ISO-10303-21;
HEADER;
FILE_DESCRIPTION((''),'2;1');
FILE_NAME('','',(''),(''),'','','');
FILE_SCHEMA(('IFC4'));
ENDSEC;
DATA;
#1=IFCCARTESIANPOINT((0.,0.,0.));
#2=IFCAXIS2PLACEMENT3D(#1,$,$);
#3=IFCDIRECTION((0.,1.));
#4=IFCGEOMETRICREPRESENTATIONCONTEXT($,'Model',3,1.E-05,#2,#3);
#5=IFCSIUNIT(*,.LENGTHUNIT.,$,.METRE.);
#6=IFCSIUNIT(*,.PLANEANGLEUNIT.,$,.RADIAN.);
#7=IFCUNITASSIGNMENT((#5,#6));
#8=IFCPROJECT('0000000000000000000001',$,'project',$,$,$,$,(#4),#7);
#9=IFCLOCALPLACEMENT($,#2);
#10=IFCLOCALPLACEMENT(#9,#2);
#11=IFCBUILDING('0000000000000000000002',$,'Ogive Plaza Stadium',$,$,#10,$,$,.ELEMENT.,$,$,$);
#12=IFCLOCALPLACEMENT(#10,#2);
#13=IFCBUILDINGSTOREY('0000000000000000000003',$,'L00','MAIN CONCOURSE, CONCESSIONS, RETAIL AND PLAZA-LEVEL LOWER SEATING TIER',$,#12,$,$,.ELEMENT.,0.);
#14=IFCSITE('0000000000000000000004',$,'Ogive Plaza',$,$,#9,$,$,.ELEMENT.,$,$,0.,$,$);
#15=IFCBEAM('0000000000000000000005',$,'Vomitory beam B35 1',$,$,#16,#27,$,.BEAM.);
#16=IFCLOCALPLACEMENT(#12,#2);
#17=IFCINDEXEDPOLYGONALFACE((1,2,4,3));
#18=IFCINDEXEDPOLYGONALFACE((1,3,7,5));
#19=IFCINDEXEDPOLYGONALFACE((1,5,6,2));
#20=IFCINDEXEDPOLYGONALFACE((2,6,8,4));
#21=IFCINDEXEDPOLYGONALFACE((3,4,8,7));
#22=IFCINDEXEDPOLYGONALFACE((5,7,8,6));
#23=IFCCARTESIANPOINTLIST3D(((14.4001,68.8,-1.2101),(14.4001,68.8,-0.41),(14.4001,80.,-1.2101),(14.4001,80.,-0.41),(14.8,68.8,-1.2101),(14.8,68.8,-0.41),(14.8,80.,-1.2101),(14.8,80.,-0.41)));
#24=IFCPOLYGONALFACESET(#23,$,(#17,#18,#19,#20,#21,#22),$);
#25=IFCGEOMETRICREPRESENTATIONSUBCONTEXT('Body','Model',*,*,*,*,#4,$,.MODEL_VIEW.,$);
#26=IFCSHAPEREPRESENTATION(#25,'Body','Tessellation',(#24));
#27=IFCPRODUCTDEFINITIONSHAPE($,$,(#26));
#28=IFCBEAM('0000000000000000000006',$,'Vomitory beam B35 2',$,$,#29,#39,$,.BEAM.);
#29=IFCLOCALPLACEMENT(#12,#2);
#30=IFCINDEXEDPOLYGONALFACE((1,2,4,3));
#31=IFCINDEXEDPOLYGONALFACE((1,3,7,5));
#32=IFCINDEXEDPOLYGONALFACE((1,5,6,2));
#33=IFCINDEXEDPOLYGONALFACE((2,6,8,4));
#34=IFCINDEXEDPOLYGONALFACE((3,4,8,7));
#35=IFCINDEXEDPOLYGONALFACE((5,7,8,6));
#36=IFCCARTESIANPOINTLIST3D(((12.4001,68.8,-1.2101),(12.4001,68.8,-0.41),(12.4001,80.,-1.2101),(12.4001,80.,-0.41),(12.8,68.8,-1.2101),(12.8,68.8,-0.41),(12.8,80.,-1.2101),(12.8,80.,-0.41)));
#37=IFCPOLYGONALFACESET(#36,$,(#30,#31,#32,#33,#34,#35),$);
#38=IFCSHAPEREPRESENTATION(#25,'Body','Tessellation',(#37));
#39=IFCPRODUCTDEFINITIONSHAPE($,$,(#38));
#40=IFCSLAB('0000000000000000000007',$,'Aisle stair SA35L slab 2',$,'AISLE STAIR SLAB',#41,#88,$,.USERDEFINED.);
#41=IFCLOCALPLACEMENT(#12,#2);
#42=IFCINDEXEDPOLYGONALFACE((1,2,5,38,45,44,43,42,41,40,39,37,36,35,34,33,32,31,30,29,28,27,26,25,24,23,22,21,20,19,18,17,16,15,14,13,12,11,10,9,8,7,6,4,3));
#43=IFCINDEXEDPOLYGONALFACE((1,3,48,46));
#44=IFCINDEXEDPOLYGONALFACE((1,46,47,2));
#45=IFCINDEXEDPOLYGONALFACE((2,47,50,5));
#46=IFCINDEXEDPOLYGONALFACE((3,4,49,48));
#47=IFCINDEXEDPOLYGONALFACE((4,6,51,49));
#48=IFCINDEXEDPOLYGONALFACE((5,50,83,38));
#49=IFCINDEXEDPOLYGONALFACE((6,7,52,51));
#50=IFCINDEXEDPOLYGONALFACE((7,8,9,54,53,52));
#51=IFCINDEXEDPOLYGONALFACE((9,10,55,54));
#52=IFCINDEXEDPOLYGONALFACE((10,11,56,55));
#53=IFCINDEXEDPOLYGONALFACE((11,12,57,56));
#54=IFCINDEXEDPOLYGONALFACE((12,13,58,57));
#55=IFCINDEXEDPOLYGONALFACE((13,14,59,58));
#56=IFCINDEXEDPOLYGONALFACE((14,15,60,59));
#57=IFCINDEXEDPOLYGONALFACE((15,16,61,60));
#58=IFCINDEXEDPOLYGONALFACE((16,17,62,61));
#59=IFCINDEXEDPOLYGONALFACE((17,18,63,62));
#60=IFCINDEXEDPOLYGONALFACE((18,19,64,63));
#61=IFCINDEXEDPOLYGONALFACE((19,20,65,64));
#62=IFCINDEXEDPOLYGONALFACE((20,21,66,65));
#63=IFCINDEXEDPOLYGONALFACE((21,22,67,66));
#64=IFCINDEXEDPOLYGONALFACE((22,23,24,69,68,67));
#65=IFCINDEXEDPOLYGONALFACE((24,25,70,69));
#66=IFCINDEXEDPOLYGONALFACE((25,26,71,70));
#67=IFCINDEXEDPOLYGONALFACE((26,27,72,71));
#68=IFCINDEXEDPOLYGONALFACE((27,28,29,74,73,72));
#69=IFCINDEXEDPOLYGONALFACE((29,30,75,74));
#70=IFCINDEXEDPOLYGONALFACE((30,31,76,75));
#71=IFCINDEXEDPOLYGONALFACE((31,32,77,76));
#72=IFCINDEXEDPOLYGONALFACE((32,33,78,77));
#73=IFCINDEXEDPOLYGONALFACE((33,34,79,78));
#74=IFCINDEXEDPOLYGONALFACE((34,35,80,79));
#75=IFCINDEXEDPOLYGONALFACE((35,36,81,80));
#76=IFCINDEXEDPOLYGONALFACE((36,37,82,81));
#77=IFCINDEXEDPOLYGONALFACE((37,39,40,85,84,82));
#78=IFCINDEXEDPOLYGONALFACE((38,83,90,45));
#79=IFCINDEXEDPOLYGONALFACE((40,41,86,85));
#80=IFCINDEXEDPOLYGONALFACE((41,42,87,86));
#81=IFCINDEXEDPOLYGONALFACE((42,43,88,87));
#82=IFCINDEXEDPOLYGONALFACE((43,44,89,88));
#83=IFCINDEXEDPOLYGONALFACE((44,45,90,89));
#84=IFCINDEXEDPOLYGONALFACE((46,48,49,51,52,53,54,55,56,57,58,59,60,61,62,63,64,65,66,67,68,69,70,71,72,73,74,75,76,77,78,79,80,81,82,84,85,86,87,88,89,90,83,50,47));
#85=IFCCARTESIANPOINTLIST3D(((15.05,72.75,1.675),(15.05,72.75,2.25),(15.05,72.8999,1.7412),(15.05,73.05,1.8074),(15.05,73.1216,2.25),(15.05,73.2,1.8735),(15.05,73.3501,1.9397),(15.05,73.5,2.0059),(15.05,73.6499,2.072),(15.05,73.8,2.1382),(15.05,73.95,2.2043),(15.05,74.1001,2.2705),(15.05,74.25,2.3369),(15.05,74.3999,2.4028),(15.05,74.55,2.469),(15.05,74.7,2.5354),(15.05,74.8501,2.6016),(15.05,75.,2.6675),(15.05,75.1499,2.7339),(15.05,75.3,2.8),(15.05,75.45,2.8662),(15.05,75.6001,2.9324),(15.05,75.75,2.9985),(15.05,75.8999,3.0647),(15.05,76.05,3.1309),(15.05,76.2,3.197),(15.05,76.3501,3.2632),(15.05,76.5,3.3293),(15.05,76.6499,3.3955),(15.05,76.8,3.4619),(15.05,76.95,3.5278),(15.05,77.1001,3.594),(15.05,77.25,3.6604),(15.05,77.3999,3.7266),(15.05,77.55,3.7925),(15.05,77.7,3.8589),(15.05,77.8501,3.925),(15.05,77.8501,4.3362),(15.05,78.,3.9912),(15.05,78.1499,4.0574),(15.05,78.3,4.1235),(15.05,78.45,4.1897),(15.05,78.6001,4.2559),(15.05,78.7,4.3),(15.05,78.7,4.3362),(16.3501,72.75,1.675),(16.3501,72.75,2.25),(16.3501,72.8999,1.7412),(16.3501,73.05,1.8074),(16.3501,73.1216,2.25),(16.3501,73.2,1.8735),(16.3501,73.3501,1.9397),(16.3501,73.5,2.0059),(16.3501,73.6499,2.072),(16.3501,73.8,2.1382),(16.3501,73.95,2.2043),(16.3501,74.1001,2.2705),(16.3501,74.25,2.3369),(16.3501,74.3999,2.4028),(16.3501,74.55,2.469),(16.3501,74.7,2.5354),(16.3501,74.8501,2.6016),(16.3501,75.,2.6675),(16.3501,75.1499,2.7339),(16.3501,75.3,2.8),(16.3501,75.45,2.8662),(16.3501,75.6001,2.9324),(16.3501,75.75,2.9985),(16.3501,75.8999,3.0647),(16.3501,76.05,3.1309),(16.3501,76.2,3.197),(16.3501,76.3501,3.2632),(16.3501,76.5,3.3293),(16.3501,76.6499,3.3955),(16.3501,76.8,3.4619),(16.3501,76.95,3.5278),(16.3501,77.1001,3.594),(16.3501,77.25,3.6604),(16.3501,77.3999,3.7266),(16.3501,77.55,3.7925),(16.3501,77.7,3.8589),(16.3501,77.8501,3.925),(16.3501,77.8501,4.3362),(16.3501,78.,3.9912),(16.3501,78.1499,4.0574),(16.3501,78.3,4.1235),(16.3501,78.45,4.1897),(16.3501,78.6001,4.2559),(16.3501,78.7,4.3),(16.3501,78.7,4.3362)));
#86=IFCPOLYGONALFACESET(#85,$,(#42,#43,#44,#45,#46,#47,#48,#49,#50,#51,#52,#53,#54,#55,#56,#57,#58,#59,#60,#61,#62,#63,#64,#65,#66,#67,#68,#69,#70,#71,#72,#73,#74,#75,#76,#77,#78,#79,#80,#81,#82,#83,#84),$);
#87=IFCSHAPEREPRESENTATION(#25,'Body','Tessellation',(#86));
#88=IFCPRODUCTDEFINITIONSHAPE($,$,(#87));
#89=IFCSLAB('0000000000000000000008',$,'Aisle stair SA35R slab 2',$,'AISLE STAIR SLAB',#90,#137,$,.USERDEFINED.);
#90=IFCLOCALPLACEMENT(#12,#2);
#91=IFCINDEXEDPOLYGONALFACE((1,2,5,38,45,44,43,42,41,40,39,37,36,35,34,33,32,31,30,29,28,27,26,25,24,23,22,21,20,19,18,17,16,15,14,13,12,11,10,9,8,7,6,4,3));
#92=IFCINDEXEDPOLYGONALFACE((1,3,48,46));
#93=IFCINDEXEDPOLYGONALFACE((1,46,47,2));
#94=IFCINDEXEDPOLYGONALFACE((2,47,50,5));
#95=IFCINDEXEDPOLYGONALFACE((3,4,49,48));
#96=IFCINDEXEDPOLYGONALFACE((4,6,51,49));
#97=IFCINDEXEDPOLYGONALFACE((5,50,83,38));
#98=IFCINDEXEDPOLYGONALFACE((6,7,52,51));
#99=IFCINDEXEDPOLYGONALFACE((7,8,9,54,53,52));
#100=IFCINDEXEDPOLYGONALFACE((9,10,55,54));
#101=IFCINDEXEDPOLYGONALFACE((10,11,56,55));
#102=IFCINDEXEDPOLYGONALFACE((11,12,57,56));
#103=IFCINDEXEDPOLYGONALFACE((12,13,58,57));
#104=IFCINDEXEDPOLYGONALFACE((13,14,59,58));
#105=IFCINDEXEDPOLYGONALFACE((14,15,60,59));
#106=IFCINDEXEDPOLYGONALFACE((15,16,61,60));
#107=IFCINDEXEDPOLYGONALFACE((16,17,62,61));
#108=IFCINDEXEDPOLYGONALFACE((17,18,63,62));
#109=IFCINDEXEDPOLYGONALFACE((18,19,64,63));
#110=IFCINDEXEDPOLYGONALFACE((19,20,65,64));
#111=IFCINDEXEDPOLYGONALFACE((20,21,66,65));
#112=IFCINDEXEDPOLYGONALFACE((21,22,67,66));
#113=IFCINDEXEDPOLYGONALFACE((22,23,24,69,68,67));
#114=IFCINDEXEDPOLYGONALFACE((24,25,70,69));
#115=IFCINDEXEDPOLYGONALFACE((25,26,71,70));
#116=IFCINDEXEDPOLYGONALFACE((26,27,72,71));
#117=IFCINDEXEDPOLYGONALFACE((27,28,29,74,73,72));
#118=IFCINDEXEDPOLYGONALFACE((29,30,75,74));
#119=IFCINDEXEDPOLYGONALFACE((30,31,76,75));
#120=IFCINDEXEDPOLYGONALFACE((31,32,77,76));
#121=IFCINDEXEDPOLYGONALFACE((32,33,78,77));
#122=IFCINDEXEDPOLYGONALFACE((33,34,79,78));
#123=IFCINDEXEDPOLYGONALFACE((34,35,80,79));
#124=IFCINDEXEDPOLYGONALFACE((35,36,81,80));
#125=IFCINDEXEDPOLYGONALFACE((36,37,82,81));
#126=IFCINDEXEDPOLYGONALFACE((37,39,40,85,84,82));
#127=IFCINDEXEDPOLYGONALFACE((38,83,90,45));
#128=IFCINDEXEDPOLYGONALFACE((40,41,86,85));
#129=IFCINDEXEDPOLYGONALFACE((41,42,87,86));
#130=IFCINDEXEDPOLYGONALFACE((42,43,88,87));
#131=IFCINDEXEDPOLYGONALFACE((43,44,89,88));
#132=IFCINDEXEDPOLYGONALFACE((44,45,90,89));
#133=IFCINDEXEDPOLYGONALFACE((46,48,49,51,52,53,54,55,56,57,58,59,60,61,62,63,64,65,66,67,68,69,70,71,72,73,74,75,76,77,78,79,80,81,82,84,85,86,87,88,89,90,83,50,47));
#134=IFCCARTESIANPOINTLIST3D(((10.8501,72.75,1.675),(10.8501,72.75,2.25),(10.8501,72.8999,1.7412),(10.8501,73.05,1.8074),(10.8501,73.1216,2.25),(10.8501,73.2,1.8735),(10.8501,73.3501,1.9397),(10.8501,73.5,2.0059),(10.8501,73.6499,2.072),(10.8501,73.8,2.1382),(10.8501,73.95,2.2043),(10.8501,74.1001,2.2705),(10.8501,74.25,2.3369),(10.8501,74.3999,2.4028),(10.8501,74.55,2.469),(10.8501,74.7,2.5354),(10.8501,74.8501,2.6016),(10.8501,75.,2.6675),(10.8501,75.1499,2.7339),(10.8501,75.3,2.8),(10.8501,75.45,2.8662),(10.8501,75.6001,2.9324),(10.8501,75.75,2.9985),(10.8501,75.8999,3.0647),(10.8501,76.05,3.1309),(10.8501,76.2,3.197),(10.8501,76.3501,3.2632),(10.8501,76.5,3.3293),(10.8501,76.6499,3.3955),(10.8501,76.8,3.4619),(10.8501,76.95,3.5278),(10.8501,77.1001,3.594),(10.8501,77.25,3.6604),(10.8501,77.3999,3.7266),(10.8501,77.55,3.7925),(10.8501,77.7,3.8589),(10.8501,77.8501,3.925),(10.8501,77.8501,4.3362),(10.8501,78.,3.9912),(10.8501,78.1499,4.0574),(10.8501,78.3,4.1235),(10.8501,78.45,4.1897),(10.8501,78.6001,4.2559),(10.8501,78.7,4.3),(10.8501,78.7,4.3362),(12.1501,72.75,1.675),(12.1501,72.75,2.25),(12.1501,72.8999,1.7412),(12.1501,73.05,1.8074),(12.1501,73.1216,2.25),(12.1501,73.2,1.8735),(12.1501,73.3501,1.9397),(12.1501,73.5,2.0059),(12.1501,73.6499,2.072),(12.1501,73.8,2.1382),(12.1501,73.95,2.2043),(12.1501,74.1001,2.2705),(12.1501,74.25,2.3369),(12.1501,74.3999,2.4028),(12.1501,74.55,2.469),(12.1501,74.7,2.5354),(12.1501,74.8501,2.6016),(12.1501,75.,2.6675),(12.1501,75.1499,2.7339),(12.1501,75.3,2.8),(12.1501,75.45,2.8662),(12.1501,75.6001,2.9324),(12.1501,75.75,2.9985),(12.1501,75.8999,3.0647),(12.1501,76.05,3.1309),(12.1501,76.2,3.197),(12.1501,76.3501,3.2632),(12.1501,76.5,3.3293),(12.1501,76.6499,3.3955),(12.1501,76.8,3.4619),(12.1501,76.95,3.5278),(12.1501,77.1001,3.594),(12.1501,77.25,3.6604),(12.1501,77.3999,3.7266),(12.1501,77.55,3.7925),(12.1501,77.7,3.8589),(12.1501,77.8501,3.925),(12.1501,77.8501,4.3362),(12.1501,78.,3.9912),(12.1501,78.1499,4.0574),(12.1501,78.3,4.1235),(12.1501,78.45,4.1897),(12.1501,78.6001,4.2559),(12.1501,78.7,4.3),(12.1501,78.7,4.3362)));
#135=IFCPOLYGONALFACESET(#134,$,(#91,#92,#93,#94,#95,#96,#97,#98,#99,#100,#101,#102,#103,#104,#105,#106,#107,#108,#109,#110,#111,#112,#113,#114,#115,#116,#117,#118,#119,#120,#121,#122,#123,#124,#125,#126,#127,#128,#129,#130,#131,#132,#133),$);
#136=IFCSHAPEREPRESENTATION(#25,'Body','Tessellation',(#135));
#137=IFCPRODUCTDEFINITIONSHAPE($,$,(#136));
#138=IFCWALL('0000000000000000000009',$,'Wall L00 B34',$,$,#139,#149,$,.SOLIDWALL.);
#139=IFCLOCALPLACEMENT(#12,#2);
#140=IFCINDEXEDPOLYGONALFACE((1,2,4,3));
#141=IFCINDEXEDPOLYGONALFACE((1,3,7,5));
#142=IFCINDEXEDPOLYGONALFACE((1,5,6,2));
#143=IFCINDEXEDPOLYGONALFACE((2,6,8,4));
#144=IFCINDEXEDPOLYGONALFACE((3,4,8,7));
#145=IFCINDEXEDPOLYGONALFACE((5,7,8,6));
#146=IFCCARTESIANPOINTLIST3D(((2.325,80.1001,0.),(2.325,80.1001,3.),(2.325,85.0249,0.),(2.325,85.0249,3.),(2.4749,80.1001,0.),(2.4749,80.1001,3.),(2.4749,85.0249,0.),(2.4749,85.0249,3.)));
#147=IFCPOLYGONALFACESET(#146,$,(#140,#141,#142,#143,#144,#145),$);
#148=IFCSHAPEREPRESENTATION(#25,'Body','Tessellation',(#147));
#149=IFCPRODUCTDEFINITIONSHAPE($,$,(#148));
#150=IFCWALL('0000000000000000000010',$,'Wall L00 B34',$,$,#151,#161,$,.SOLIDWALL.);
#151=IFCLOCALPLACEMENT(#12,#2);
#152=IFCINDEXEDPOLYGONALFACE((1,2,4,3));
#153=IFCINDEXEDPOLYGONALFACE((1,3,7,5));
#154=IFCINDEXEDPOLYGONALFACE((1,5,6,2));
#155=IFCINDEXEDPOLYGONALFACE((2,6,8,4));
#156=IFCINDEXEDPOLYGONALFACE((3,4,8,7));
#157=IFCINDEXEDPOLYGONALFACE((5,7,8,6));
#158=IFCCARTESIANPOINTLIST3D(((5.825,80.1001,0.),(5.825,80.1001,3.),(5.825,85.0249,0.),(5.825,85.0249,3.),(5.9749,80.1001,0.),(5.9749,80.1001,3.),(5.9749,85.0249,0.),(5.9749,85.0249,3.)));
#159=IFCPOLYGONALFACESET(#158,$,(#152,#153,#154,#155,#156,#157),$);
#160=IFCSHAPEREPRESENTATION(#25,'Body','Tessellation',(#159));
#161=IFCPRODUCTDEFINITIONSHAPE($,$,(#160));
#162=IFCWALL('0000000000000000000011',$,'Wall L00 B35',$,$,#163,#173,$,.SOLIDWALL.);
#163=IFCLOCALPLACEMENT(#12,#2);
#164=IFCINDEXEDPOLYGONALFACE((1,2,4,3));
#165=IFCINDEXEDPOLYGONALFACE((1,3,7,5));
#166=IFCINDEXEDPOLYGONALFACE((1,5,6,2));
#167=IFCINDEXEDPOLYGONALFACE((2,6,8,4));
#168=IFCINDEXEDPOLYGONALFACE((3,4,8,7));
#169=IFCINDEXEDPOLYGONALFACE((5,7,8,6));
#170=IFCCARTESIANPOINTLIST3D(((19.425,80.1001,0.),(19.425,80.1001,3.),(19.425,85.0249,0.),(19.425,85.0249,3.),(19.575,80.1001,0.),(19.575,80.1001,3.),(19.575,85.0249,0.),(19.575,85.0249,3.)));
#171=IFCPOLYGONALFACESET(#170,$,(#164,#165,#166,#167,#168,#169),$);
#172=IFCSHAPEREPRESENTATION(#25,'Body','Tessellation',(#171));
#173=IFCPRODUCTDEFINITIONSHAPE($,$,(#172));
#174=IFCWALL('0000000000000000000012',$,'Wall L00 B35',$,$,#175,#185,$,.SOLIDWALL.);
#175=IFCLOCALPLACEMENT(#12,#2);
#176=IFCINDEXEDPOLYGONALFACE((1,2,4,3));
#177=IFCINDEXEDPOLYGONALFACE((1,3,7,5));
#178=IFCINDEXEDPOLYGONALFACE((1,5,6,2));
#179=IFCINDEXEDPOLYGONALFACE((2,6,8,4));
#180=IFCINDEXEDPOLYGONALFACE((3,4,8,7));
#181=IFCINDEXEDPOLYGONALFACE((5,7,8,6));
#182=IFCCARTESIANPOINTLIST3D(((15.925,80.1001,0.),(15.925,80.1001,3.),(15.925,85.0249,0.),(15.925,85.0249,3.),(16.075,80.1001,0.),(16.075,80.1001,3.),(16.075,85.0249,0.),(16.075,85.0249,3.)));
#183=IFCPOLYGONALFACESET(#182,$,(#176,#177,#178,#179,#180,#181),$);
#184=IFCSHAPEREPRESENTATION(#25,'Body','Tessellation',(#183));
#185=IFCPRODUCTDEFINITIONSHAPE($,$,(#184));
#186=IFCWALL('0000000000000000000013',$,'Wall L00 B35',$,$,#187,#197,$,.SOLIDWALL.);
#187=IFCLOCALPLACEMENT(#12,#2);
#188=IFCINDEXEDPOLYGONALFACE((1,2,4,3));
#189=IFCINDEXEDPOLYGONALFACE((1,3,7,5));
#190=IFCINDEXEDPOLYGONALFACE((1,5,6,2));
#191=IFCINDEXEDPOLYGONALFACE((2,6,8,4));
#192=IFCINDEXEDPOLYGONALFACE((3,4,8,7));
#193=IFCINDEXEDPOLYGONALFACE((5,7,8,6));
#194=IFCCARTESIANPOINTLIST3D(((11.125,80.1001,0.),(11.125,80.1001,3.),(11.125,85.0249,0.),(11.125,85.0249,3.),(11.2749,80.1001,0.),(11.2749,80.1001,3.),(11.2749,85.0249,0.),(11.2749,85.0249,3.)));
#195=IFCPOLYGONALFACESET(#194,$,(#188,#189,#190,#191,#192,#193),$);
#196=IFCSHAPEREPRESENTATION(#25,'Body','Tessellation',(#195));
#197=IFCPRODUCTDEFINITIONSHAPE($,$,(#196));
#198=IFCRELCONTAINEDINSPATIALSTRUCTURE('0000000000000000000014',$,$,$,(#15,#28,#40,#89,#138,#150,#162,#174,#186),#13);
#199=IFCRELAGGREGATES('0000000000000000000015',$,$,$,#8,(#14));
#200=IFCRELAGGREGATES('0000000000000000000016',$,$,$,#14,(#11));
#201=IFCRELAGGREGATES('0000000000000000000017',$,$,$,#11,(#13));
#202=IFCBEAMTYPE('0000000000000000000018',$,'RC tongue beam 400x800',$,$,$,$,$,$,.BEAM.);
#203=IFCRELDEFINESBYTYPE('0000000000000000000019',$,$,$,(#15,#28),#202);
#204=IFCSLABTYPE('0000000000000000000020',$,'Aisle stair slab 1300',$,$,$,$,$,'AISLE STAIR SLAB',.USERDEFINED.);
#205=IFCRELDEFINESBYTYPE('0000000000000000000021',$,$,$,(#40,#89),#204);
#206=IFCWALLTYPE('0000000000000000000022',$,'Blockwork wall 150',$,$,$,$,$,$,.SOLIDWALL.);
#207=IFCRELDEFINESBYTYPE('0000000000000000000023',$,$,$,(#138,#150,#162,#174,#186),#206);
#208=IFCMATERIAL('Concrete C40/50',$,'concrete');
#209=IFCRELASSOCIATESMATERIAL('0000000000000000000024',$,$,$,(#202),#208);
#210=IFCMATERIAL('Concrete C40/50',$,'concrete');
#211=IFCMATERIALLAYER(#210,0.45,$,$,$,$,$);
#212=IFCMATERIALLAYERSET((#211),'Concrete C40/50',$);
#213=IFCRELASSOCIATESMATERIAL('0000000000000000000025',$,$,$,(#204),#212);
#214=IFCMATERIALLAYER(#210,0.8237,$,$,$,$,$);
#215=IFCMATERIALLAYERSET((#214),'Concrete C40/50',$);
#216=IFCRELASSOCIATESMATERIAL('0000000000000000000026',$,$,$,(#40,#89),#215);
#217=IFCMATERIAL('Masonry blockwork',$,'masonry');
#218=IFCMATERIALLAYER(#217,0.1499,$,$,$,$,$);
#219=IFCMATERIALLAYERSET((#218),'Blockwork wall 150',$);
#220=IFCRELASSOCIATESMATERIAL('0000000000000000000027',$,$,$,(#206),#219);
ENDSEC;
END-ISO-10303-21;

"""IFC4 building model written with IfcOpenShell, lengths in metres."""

from ifc_helpers import new_model, si_unit, direction, frame, frame_2d, origin, origin_2d, place, context, subcontext, project, spatial, polyline, rectangle, outline, extrude, material, layer, layer_set, material_profile, profile_set, type_object, element, save


model = new_model("IFC4")

# Units and contexts
model_context = context("Model", 3, precision=1e-05, world=origin(), true_north=direction((0.0, 1.0)))
body_context = subcontext(model_context, "Body", "Model", "MODEL_VIEW")
ifc_project = project(units=[si_unit("LENGTHUNIT", "METRE"), si_unit("PLANEANGLEUNIT", "RADIAN")], contexts=[model_context])

# Site, building, storey
site_placement = place(None, origin())
site = spatial("IfcSite", under=ifc_project, at=site_placement, Name="Ogive Plaza", CompositionType="ELEMENT", RefElevation=0.0)
building_placement = place(site_placement, origin())
building = spatial("IfcBuilding", under=site, at=building_placement, Name="Ogive Plaza Stadium", CompositionType="ELEMENT")
storey_placement = place(building_placement, origin())
storey = spatial("IfcBuildingStorey", under=building, at=storey_placement, Name="L00", Description="MAIN CONCOURSE, CONCESSIONS, RETAIL AND PLAZA-LEVEL LOWER SEATING TIER", CompositionType="ELEMENT", Elevation=0.0)

# Beams
ifc_material_1 = material(Name="Concrete C40/50", Category="concrete")
ifc_material_profile = material_profile(ifc_material_1, rectangle(XDim=0.3999, YDim=0.8, at=origin_2d()), Name="RC 400x800")
ifc_profile_set = profile_set([ifc_material_profile], Name="Concrete C40/50")
beam_type = type_object("IfcBeamType", Name="RC tongue beam 400x800", PredefinedType="BEAM", material=ifc_profile_set)
for number, where, z_axis, x_axis, name in (
    (1, (14.6001, 68.8, -0.8101), (0.0, 1.0, 0.0), (-1.0, 0.0, 0.0), "Vomitory beam B35 1"),
    (2, (12.6001, 68.8, -0.8101), (0.0, 1.0, 0.0), (-1.0, 0.0, 0.0), "Vomitory beam B35 2"),
):
    element("IfcBeam", number, at=place(storey_placement, frame(where, z_axis=z_axis, x_axis=x_axis)), inside=storey, type_object=beam_type, Name=name, PredefinedType="BEAM", context=body_context, shape_type="SweptSolid", body=[
        extrude(rectangle(XDim=0.3999, YDim=0.8, at=origin_2d()), origin(), (0.0, 0.0, 1.0), 11.2),
    ])

# Slabs
ifc_material_2 = material(Name="Concrete C40/50", Category="concrete")
ifc_layer_1 = layer(ifc_material_2, 0.8237)
ifc_layer_set_1 = layer_set([ifc_layer_1], Name="Concrete C40/50")
ifc_layer_2 = layer(ifc_material_2, 0.45)
ifc_layer_set_2 = layer_set([ifc_layer_2], Name="Concrete C40/50")
slab_type = type_object("IfcSlabType", Name="Aisle stair slab 1300", ElementType="AISLE STAIR SLAB", PredefinedType="USERDEFINED", material=ifc_layer_set_2)
for number, where, z_axis, x_axis, name in (
    (3, (15.7, 72.75, 0.0), (0.0, 0.0, 1.0), (0.0, 1.0, 0.0), "Aisle stair SA35L slab 2"),
    (4, (11.5, 72.75, 0.0), (0.0, 0.0, 1.0), (0.0, 1.0, 0.0), "Aisle stair SA35R slab 2"),
):
    element("IfcSlab", number, at=place(storey_placement, frame(where, z_axis=z_axis, x_axis=x_axis)), inside=storey, type_object=slab_type, material=ifc_layer_set_1, Name=name, ObjectType="AISLE STAIR SLAB", PredefinedType="USERDEFINED", context=body_context, shape_type="SweptSolid", body=[
        extrude(outline(polyline([(0.0, 2.25), (0.3716, 2.25), (5.1001, 4.3362), (5.95, 4.3362), (5.95, 4.3), (5.8501, 4.2559), (5.7, 4.1897), (5.55, 4.1235), (5.3999, 4.0574), (5.25, 3.9912), (5.1001, 3.925), (4.95, 3.8589), (4.8, 3.7925), (4.6499, 3.7266), (4.5, 3.6604), (4.3501, 3.594), (4.2, 3.5278), (4.05, 3.4619), (3.8999, 3.3955), (3.75, 3.3293), (3.6001, 3.2632), (3.45, 3.197), (3.3, 3.1309), (3.1499, 3.0647), (3.0, 2.9985), (2.8501, 2.9324), (2.7, 2.8662), (2.55, 2.8), (2.3999, 2.7339), (2.25, 2.6675), (2.1001, 2.6016), (1.95, 2.5354), (1.8, 2.469), (1.6499, 2.4028), (1.5, 2.3369), (1.3501, 2.2705), (1.2, 2.2043), (1.05, 2.1382), (0.8999, 2.072), (0.75, 2.0059), (0.6001, 1.9397), (0.45, 1.8735), (0.3, 1.8074), (0.1499, 1.7412), (0.0, 1.675), (0.0, 2.25)])), frame((0.0, 0.6499, 0.0), z_axis=(0.0, -1.0, 0.0), x_axis=(1.0, 0.0, 0.0)), (0.0, 0.0, 1.0), 1.3),
    ])

# Walls
ifc_material_3 = material(Name="Masonry blockwork", Category="masonry")
ifc_layer_3 = layer(ifc_material_3, 0.1499)
ifc_layer_set_3 = layer_set([ifc_layer_3], Name="Blockwork wall 150")
wall_type_1 = type_object("IfcWallType", Name="Blockwork wall 150", PredefinedType="SOLIDWALL", material=ifc_layer_set_3)
for number, where, z_axis, x_axis, name in (
    (5, (2.3999, 80.1001, 0.0), (0.0, 0.0, 1.0), (0.0, 1.0, 0.0), "Wall L00 B34"),
    (6, (5.8999, 80.1001, 0.0), (0.0, 0.0, 1.0), (0.0, 1.0, 0.0), "Wall L00 B34"),
    (7, (19.5, 80.1001, 0.0), (0.0, 0.0, 1.0), (0.0, 1.0, 0.0), "Wall L00 B35"),
    (8, (16.0, 80.1001, 0.0), (0.0, 0.0, 1.0), (0.0, 1.0, 0.0), "Wall L00 B35"),
    (9, (11.2, 80.1001, 0.0), (0.0, 0.0, 1.0), (0.0, 1.0, 0.0), "Wall L00 B35"),
):
    element("IfcWall", number, at=place(storey_placement, frame(where, z_axis=z_axis, x_axis=x_axis)), inside=storey, type_object=wall_type_1, Name=name, PredefinedType="SOLIDWALL", context=body_context, shape_type="SweptSolid", body=[
        extrude(rectangle(XDim=4.9248, YDim=0.1499, at=frame_2d((2.4624, 0.0))), origin(), (0.0, 0.0, 1.0), 3.0),
    ])

save(model, "model.ifc")
